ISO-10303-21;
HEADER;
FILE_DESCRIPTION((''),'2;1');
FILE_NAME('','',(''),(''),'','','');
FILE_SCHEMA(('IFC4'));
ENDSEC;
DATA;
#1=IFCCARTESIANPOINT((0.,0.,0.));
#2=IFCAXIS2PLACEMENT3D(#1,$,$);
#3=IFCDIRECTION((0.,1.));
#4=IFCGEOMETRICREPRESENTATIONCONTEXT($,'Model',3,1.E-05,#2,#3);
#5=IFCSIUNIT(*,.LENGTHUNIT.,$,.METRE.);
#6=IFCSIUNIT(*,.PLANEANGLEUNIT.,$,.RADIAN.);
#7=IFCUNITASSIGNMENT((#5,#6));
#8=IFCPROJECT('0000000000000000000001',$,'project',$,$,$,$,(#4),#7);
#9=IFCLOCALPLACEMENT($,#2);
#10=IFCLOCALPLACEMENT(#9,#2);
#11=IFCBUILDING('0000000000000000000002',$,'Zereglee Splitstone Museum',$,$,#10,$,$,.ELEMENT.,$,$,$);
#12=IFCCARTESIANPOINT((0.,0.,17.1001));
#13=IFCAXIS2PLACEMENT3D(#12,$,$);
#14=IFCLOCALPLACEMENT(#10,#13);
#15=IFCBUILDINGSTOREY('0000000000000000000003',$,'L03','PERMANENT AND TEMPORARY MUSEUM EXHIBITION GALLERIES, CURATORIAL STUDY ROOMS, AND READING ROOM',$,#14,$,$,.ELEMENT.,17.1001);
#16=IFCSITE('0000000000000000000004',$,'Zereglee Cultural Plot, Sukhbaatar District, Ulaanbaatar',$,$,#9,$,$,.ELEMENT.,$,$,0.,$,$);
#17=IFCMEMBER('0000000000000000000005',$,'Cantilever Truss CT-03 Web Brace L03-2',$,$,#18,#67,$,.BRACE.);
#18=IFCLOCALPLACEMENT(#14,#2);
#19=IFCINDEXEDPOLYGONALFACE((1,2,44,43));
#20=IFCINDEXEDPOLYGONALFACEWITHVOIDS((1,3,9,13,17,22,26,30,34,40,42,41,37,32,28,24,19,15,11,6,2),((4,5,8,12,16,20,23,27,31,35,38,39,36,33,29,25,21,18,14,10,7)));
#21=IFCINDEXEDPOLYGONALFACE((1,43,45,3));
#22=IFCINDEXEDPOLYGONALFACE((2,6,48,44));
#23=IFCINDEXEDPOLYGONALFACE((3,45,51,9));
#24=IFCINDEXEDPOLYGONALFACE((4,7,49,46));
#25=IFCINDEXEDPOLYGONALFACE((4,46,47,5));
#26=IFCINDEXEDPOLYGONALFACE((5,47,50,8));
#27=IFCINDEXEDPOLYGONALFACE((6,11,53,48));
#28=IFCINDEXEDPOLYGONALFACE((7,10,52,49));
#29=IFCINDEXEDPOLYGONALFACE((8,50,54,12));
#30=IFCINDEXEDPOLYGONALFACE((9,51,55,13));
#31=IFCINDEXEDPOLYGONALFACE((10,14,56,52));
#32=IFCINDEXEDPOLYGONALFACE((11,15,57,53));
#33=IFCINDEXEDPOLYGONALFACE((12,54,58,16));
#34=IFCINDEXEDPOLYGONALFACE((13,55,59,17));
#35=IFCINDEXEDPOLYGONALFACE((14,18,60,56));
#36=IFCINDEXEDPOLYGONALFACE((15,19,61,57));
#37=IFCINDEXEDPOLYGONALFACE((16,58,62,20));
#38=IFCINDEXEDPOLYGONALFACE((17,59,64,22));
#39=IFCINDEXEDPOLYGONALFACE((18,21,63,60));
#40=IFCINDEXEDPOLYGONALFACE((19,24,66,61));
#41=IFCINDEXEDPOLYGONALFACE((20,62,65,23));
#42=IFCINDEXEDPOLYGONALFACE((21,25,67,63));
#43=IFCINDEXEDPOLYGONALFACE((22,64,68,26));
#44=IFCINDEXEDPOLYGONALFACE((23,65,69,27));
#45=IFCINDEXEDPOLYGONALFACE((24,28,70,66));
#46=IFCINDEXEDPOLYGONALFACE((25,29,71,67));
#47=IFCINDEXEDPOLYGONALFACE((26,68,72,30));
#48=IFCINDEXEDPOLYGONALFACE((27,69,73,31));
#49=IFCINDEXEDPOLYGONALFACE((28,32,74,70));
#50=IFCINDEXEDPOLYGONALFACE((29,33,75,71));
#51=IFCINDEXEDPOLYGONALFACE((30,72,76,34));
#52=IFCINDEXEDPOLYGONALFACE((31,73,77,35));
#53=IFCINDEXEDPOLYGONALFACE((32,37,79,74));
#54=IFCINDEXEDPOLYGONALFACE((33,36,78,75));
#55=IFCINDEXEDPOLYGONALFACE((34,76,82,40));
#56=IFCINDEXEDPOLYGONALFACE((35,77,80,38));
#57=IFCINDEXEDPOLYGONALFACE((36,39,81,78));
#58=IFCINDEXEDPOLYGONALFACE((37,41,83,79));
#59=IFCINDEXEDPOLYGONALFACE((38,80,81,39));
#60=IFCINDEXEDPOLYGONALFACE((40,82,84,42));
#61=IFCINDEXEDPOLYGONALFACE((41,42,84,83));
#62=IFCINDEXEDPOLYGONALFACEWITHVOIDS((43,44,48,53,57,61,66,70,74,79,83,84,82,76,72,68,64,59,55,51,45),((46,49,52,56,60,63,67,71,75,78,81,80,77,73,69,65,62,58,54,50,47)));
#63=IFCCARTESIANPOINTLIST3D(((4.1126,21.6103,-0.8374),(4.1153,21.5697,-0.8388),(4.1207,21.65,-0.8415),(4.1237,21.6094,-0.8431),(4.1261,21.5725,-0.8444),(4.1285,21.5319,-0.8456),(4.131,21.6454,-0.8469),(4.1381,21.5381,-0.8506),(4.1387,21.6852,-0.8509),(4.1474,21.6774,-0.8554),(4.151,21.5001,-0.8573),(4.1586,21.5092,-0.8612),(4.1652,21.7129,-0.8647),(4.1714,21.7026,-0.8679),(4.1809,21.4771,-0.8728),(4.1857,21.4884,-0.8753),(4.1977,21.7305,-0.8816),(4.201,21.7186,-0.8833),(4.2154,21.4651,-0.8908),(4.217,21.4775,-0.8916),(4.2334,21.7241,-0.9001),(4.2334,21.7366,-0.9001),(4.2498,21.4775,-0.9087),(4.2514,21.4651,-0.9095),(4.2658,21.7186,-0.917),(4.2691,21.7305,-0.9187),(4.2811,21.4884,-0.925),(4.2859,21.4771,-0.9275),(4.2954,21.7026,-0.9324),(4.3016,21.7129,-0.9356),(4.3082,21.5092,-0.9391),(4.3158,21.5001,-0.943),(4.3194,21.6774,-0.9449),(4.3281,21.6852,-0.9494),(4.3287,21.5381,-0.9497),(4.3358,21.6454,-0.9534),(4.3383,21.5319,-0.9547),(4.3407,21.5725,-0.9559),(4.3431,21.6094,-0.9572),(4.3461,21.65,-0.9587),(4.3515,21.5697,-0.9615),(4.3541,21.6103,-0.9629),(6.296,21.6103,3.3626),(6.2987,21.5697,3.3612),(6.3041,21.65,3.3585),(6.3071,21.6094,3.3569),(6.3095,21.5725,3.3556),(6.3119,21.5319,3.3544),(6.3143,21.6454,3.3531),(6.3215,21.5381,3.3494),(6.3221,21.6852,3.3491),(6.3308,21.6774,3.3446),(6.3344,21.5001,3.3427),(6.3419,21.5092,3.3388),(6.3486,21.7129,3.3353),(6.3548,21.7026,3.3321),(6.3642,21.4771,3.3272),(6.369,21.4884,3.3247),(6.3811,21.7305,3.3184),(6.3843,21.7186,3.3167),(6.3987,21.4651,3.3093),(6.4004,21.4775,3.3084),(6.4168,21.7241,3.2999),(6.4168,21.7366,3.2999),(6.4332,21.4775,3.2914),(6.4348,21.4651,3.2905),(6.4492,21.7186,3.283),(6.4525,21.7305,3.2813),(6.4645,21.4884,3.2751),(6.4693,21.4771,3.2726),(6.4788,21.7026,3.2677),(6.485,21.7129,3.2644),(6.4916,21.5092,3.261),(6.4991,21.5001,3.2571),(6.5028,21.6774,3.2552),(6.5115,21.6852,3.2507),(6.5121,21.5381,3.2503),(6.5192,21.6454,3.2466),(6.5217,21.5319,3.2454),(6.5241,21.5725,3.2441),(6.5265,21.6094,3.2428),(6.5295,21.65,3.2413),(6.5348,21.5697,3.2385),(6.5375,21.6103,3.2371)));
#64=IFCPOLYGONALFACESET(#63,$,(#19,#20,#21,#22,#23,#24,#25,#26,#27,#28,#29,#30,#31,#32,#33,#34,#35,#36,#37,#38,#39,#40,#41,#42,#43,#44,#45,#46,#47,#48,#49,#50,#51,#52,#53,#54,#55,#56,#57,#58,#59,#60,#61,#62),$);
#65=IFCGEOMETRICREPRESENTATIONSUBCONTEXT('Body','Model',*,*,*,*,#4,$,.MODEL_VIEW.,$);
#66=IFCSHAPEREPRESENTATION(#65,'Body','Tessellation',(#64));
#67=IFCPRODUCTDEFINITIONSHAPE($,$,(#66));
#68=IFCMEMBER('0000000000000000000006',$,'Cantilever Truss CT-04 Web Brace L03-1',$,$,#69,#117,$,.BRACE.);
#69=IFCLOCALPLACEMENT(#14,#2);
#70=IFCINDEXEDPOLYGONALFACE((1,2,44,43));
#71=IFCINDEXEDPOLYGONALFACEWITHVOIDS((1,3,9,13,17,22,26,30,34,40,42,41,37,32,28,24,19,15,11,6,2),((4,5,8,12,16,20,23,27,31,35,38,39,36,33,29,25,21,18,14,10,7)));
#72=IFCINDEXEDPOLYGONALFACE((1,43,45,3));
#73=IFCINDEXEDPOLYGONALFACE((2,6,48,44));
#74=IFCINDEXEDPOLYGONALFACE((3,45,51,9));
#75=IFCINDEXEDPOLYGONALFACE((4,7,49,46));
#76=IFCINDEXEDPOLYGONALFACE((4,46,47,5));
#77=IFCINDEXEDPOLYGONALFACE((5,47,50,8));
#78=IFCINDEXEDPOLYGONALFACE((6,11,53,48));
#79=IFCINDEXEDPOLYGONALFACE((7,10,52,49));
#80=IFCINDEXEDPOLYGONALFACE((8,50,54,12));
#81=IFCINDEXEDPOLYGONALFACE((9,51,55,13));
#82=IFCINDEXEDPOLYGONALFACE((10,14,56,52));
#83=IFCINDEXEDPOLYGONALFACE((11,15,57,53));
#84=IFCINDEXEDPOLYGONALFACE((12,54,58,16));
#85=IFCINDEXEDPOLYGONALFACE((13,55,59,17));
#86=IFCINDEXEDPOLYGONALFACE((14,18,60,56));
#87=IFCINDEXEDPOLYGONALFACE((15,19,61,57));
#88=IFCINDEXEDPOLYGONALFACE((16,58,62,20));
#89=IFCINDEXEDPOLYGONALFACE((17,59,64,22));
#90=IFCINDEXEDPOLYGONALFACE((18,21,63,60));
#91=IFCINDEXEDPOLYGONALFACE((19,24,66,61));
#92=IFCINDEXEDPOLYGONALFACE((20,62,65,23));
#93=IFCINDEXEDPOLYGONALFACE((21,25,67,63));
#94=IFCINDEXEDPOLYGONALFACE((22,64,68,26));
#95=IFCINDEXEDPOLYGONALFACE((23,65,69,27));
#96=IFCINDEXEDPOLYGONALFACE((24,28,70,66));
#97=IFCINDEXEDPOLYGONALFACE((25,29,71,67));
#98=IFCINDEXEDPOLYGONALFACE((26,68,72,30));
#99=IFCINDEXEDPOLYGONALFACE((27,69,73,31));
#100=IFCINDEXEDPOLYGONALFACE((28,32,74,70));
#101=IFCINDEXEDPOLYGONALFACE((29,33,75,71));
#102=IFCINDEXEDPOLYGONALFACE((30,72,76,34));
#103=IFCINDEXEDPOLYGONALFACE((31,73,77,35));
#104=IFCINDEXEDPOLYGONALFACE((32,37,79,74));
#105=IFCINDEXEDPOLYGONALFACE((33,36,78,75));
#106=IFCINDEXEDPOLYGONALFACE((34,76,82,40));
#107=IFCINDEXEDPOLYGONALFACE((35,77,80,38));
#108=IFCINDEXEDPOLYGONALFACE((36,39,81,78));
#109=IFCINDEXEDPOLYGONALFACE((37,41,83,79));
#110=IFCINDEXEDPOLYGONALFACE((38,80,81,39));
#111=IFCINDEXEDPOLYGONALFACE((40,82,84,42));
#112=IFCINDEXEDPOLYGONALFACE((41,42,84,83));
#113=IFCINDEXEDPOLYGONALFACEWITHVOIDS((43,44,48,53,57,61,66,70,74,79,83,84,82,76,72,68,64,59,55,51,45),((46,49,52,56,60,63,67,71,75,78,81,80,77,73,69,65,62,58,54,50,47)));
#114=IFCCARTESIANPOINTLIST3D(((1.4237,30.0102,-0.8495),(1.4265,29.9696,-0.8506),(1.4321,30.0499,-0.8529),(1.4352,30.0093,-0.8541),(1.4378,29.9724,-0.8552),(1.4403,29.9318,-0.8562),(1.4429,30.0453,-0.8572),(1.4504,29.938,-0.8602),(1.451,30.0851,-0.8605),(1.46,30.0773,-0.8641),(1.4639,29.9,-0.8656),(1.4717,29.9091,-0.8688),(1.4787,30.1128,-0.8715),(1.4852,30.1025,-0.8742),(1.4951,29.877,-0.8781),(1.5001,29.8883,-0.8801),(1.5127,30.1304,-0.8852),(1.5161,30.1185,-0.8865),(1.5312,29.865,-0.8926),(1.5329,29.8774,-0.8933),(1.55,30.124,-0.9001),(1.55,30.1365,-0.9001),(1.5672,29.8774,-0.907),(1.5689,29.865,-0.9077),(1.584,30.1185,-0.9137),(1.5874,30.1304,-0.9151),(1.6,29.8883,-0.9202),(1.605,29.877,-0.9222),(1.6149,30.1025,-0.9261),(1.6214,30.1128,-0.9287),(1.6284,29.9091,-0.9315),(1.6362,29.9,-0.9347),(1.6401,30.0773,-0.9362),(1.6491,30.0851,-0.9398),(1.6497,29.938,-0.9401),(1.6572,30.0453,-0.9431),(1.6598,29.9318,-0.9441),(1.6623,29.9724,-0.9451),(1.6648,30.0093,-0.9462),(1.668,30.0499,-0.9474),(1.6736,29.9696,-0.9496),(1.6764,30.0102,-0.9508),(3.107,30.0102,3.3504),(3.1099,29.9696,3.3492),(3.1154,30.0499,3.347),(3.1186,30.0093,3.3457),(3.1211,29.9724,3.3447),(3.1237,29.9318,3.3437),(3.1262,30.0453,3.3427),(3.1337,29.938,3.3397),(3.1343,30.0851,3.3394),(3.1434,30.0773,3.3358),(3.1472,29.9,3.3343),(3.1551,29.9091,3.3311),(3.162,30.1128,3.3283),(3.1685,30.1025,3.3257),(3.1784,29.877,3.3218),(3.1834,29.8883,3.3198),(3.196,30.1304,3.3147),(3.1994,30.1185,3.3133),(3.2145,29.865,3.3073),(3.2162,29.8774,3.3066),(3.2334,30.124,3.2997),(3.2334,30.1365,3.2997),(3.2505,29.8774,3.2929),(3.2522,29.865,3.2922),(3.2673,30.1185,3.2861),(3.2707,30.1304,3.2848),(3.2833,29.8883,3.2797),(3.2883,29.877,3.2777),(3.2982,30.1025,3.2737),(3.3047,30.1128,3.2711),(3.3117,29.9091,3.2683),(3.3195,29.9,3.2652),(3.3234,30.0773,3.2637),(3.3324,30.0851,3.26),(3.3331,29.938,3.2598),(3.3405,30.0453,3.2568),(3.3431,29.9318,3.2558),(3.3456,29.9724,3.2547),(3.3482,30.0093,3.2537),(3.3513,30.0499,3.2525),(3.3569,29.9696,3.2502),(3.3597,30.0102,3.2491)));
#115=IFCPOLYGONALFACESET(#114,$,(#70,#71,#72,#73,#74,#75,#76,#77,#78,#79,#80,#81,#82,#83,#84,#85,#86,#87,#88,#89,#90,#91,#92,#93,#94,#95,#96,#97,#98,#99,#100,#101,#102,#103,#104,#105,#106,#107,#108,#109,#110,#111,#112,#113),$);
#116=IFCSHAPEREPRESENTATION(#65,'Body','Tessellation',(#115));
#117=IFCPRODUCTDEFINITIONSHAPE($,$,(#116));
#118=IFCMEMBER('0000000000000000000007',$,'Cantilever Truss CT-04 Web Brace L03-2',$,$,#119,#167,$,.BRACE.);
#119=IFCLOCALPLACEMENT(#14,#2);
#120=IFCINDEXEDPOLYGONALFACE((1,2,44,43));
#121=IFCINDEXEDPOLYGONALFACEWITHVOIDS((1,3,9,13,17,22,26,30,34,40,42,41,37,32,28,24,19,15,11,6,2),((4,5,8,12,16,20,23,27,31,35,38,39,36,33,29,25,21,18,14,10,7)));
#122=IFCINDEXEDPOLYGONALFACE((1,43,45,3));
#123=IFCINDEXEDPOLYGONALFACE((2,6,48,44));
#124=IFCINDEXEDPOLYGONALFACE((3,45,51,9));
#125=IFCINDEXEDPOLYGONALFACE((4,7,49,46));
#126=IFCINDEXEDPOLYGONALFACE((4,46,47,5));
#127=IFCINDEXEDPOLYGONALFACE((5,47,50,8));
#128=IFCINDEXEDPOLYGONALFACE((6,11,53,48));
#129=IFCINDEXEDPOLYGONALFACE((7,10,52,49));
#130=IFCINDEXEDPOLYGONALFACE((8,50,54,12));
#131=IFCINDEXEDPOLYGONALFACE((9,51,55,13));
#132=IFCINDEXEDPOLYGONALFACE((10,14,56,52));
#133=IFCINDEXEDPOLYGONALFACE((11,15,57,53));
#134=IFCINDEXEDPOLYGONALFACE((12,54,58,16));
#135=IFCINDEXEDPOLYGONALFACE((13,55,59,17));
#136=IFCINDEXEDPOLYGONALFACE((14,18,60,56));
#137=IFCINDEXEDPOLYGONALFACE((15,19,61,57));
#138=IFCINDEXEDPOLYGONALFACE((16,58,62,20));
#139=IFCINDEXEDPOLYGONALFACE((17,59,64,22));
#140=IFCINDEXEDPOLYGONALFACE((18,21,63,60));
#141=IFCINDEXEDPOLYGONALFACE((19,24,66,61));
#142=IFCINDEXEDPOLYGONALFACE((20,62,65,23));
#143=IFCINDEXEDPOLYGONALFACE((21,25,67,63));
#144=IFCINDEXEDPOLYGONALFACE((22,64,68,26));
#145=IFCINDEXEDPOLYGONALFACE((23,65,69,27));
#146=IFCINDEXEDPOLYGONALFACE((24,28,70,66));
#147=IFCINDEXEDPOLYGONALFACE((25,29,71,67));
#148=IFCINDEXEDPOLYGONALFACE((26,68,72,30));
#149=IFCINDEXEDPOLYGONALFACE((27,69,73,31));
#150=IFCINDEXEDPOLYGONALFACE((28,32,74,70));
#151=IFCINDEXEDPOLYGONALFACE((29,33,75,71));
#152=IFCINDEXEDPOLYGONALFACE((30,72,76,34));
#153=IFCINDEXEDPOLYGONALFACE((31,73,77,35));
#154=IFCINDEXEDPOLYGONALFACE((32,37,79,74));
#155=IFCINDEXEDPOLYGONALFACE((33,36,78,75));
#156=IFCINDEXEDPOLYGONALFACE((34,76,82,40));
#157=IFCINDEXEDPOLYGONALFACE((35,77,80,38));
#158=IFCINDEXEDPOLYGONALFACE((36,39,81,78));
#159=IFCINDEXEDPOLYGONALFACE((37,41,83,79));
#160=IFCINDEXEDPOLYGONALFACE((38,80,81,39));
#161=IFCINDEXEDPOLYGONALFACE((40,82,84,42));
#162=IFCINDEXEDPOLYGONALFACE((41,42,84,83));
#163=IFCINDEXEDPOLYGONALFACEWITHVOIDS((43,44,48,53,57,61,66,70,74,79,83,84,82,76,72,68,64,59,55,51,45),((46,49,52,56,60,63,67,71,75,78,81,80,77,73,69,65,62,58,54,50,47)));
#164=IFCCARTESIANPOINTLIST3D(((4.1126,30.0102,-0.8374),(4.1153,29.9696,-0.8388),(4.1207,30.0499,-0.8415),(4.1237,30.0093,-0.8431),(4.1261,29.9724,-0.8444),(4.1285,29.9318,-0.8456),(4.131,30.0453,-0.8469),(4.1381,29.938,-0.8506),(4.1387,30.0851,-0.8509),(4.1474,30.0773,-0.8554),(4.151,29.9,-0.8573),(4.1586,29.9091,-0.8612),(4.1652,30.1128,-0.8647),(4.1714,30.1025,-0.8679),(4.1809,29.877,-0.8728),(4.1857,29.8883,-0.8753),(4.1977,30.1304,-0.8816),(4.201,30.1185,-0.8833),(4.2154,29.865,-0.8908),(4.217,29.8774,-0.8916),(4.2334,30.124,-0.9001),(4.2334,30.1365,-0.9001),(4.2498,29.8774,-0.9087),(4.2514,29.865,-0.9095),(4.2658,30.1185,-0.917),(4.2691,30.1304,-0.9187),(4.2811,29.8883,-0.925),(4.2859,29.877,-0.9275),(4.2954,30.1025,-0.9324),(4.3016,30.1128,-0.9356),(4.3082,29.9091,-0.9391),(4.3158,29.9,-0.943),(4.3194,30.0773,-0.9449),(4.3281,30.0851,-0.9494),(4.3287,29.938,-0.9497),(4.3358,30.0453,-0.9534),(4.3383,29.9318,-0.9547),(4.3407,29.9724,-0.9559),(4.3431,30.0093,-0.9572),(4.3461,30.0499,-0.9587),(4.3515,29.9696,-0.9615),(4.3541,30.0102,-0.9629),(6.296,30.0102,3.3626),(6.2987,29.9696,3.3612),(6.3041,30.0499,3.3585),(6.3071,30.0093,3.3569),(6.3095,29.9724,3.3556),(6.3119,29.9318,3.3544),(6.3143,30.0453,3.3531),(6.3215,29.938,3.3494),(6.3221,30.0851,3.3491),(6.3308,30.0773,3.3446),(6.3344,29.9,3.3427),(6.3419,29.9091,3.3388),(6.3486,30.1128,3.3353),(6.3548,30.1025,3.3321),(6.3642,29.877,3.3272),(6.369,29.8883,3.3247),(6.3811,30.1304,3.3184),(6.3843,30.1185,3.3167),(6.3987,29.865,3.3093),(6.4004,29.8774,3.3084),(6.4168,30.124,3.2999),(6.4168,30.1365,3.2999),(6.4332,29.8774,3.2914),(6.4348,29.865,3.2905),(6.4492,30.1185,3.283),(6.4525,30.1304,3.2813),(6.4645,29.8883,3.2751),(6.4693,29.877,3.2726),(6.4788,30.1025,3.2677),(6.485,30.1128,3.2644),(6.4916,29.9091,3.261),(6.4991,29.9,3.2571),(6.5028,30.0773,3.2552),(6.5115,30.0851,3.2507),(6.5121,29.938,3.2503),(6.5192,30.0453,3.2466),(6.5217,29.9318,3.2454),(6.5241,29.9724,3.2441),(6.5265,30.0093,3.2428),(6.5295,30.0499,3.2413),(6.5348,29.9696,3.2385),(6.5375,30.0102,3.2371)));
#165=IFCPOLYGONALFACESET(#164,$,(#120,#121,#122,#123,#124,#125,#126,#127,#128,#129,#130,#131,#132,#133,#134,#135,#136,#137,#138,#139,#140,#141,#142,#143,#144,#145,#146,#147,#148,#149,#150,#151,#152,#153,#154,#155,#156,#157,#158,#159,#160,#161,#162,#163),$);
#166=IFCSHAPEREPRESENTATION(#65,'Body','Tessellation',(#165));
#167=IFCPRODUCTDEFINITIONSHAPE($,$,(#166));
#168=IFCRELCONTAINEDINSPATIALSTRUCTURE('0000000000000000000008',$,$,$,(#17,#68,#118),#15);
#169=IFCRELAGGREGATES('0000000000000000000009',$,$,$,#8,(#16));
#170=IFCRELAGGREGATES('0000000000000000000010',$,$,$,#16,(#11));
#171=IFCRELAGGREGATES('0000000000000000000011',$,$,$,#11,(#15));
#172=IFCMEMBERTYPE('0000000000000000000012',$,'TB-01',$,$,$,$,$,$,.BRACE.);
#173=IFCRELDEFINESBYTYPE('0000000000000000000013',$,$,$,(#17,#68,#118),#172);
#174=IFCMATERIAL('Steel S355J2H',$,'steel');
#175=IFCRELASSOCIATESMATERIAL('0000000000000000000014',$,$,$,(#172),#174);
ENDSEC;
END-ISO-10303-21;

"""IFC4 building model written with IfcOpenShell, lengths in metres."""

from ifc_helpers import new_model, si_unit, direction, frame, origin, origin_2d, place, context, subcontext, project, spatial, hollow_circle, extrude, material, material_profile, profile_set, type_object, element, save


model = new_model("IFC4")

# Units and contexts
model_context = context("Model", 3, precision=1e-05, world=origin(), true_north=direction((0.0, 1.0)))
body_context = subcontext(model_context, "Body", "Model", "MODEL_VIEW")
ifc_project = project(units=[si_unit("LENGTHUNIT", "METRE"), si_unit("PLANEANGLEUNIT", "RADIAN")], contexts=[model_context])

# Site, building, storey
site_placement = place(None, origin())
site = spatial("IfcSite", under=ifc_project, at=site_placement, Name="Zereglee Cultural Plot, Sukhbaatar District, Ulaanbaatar", CompositionType="ELEMENT", RefElevation=0.0)
building_placement = place(site_placement, origin())
building = spatial("IfcBuilding", under=site, at=building_placement, Name="Zereglee Splitstone Museum", CompositionType="ELEMENT")
storey_placement = place(building_placement, frame((0.0, 0.0, 17.1001)))
storey = spatial("IfcBuildingStorey", under=building, at=storey_placement, Name="L03", Description="PERMANENT AND TEMPORARY MUSEUM EXHIBITION GALLERIES, CURATORIAL STUDY ROOMS, AND READING ROOM", CompositionType="ELEMENT", Elevation=17.1001)

# Members
ifc_material_1 = material(Name="Steel S355J2H", Category="steel")
ifc_material_profile_1 = material_profile(ifc_material_1, hollow_circle(Radius=0.1365, WallThickness=0.0125, at=origin_2d()), Name="CHS 273.0x12.5")
ifc_profile_set_1 = profile_set([ifc_material_profile_1], Name="Steel S355J2H")
member_type_1 = type_object("IfcMemberType", Name="TB-01", PredefinedType="BRACE", material=ifc_profile_set_1)
member_1_placement = place(storey_placement, frame((4.2334, 21.6001, -0.9001), z_axis=(0.461249, 0.0, 0.887271), x_axis=(0.0, 1.0, 0.0)))
element("IfcMember", 1, at=member_1_placement, inside=storey, type_object=member_type_1, Name="Cantilever Truss CT-03 Web Brace L03-2", PredefinedType="BRACE", context=body_context, shape_type="SweptSolid", body=[
    extrude(hollow_circle(Radius=0.1365, WallThickness=0.0125, at=origin_2d()), origin(), (0.0, 0.0, 1.0), 4.7336),
])
member_2_placement = place(storey_placement, frame((1.55, 30.0, -0.9001), z_axis=(0.372032, 0.0, 0.92822), x_axis=(0.0, 1.0, 0.0)))
element("IfcMember", 2, at=member_2_placement, inside=storey, type_object=member_type_1, Name="Cantilever Truss CT-04 Web Brace L03-1", PredefinedType="BRACE", context=body_context, shape_type="SweptSolid", body=[
    extrude(hollow_circle(Radius=0.1365, WallThickness=0.0125, at=origin_2d()), origin(), (0.0, 0.0, 1.0), 4.5247),
])
member_3_placement = place(storey_placement, frame((4.2334, 30.0, -0.9001), z_axis=(0.461249, 0.0, 0.887271), x_axis=(0.0, 1.0, 0.0)))
element("IfcMember", 3, at=member_3_placement, inside=storey, type_object=member_type_1, Name="Cantilever Truss CT-04 Web Brace L03-2", PredefinedType="BRACE", context=body_context, shape_type="SweptSolid", body=[
    extrude(hollow_circle(Radius=0.1365, WallThickness=0.0125, at=origin_2d()), origin(), (0.0, 0.0, 1.0), 4.7336),
])

save(model, "model.ifc")
